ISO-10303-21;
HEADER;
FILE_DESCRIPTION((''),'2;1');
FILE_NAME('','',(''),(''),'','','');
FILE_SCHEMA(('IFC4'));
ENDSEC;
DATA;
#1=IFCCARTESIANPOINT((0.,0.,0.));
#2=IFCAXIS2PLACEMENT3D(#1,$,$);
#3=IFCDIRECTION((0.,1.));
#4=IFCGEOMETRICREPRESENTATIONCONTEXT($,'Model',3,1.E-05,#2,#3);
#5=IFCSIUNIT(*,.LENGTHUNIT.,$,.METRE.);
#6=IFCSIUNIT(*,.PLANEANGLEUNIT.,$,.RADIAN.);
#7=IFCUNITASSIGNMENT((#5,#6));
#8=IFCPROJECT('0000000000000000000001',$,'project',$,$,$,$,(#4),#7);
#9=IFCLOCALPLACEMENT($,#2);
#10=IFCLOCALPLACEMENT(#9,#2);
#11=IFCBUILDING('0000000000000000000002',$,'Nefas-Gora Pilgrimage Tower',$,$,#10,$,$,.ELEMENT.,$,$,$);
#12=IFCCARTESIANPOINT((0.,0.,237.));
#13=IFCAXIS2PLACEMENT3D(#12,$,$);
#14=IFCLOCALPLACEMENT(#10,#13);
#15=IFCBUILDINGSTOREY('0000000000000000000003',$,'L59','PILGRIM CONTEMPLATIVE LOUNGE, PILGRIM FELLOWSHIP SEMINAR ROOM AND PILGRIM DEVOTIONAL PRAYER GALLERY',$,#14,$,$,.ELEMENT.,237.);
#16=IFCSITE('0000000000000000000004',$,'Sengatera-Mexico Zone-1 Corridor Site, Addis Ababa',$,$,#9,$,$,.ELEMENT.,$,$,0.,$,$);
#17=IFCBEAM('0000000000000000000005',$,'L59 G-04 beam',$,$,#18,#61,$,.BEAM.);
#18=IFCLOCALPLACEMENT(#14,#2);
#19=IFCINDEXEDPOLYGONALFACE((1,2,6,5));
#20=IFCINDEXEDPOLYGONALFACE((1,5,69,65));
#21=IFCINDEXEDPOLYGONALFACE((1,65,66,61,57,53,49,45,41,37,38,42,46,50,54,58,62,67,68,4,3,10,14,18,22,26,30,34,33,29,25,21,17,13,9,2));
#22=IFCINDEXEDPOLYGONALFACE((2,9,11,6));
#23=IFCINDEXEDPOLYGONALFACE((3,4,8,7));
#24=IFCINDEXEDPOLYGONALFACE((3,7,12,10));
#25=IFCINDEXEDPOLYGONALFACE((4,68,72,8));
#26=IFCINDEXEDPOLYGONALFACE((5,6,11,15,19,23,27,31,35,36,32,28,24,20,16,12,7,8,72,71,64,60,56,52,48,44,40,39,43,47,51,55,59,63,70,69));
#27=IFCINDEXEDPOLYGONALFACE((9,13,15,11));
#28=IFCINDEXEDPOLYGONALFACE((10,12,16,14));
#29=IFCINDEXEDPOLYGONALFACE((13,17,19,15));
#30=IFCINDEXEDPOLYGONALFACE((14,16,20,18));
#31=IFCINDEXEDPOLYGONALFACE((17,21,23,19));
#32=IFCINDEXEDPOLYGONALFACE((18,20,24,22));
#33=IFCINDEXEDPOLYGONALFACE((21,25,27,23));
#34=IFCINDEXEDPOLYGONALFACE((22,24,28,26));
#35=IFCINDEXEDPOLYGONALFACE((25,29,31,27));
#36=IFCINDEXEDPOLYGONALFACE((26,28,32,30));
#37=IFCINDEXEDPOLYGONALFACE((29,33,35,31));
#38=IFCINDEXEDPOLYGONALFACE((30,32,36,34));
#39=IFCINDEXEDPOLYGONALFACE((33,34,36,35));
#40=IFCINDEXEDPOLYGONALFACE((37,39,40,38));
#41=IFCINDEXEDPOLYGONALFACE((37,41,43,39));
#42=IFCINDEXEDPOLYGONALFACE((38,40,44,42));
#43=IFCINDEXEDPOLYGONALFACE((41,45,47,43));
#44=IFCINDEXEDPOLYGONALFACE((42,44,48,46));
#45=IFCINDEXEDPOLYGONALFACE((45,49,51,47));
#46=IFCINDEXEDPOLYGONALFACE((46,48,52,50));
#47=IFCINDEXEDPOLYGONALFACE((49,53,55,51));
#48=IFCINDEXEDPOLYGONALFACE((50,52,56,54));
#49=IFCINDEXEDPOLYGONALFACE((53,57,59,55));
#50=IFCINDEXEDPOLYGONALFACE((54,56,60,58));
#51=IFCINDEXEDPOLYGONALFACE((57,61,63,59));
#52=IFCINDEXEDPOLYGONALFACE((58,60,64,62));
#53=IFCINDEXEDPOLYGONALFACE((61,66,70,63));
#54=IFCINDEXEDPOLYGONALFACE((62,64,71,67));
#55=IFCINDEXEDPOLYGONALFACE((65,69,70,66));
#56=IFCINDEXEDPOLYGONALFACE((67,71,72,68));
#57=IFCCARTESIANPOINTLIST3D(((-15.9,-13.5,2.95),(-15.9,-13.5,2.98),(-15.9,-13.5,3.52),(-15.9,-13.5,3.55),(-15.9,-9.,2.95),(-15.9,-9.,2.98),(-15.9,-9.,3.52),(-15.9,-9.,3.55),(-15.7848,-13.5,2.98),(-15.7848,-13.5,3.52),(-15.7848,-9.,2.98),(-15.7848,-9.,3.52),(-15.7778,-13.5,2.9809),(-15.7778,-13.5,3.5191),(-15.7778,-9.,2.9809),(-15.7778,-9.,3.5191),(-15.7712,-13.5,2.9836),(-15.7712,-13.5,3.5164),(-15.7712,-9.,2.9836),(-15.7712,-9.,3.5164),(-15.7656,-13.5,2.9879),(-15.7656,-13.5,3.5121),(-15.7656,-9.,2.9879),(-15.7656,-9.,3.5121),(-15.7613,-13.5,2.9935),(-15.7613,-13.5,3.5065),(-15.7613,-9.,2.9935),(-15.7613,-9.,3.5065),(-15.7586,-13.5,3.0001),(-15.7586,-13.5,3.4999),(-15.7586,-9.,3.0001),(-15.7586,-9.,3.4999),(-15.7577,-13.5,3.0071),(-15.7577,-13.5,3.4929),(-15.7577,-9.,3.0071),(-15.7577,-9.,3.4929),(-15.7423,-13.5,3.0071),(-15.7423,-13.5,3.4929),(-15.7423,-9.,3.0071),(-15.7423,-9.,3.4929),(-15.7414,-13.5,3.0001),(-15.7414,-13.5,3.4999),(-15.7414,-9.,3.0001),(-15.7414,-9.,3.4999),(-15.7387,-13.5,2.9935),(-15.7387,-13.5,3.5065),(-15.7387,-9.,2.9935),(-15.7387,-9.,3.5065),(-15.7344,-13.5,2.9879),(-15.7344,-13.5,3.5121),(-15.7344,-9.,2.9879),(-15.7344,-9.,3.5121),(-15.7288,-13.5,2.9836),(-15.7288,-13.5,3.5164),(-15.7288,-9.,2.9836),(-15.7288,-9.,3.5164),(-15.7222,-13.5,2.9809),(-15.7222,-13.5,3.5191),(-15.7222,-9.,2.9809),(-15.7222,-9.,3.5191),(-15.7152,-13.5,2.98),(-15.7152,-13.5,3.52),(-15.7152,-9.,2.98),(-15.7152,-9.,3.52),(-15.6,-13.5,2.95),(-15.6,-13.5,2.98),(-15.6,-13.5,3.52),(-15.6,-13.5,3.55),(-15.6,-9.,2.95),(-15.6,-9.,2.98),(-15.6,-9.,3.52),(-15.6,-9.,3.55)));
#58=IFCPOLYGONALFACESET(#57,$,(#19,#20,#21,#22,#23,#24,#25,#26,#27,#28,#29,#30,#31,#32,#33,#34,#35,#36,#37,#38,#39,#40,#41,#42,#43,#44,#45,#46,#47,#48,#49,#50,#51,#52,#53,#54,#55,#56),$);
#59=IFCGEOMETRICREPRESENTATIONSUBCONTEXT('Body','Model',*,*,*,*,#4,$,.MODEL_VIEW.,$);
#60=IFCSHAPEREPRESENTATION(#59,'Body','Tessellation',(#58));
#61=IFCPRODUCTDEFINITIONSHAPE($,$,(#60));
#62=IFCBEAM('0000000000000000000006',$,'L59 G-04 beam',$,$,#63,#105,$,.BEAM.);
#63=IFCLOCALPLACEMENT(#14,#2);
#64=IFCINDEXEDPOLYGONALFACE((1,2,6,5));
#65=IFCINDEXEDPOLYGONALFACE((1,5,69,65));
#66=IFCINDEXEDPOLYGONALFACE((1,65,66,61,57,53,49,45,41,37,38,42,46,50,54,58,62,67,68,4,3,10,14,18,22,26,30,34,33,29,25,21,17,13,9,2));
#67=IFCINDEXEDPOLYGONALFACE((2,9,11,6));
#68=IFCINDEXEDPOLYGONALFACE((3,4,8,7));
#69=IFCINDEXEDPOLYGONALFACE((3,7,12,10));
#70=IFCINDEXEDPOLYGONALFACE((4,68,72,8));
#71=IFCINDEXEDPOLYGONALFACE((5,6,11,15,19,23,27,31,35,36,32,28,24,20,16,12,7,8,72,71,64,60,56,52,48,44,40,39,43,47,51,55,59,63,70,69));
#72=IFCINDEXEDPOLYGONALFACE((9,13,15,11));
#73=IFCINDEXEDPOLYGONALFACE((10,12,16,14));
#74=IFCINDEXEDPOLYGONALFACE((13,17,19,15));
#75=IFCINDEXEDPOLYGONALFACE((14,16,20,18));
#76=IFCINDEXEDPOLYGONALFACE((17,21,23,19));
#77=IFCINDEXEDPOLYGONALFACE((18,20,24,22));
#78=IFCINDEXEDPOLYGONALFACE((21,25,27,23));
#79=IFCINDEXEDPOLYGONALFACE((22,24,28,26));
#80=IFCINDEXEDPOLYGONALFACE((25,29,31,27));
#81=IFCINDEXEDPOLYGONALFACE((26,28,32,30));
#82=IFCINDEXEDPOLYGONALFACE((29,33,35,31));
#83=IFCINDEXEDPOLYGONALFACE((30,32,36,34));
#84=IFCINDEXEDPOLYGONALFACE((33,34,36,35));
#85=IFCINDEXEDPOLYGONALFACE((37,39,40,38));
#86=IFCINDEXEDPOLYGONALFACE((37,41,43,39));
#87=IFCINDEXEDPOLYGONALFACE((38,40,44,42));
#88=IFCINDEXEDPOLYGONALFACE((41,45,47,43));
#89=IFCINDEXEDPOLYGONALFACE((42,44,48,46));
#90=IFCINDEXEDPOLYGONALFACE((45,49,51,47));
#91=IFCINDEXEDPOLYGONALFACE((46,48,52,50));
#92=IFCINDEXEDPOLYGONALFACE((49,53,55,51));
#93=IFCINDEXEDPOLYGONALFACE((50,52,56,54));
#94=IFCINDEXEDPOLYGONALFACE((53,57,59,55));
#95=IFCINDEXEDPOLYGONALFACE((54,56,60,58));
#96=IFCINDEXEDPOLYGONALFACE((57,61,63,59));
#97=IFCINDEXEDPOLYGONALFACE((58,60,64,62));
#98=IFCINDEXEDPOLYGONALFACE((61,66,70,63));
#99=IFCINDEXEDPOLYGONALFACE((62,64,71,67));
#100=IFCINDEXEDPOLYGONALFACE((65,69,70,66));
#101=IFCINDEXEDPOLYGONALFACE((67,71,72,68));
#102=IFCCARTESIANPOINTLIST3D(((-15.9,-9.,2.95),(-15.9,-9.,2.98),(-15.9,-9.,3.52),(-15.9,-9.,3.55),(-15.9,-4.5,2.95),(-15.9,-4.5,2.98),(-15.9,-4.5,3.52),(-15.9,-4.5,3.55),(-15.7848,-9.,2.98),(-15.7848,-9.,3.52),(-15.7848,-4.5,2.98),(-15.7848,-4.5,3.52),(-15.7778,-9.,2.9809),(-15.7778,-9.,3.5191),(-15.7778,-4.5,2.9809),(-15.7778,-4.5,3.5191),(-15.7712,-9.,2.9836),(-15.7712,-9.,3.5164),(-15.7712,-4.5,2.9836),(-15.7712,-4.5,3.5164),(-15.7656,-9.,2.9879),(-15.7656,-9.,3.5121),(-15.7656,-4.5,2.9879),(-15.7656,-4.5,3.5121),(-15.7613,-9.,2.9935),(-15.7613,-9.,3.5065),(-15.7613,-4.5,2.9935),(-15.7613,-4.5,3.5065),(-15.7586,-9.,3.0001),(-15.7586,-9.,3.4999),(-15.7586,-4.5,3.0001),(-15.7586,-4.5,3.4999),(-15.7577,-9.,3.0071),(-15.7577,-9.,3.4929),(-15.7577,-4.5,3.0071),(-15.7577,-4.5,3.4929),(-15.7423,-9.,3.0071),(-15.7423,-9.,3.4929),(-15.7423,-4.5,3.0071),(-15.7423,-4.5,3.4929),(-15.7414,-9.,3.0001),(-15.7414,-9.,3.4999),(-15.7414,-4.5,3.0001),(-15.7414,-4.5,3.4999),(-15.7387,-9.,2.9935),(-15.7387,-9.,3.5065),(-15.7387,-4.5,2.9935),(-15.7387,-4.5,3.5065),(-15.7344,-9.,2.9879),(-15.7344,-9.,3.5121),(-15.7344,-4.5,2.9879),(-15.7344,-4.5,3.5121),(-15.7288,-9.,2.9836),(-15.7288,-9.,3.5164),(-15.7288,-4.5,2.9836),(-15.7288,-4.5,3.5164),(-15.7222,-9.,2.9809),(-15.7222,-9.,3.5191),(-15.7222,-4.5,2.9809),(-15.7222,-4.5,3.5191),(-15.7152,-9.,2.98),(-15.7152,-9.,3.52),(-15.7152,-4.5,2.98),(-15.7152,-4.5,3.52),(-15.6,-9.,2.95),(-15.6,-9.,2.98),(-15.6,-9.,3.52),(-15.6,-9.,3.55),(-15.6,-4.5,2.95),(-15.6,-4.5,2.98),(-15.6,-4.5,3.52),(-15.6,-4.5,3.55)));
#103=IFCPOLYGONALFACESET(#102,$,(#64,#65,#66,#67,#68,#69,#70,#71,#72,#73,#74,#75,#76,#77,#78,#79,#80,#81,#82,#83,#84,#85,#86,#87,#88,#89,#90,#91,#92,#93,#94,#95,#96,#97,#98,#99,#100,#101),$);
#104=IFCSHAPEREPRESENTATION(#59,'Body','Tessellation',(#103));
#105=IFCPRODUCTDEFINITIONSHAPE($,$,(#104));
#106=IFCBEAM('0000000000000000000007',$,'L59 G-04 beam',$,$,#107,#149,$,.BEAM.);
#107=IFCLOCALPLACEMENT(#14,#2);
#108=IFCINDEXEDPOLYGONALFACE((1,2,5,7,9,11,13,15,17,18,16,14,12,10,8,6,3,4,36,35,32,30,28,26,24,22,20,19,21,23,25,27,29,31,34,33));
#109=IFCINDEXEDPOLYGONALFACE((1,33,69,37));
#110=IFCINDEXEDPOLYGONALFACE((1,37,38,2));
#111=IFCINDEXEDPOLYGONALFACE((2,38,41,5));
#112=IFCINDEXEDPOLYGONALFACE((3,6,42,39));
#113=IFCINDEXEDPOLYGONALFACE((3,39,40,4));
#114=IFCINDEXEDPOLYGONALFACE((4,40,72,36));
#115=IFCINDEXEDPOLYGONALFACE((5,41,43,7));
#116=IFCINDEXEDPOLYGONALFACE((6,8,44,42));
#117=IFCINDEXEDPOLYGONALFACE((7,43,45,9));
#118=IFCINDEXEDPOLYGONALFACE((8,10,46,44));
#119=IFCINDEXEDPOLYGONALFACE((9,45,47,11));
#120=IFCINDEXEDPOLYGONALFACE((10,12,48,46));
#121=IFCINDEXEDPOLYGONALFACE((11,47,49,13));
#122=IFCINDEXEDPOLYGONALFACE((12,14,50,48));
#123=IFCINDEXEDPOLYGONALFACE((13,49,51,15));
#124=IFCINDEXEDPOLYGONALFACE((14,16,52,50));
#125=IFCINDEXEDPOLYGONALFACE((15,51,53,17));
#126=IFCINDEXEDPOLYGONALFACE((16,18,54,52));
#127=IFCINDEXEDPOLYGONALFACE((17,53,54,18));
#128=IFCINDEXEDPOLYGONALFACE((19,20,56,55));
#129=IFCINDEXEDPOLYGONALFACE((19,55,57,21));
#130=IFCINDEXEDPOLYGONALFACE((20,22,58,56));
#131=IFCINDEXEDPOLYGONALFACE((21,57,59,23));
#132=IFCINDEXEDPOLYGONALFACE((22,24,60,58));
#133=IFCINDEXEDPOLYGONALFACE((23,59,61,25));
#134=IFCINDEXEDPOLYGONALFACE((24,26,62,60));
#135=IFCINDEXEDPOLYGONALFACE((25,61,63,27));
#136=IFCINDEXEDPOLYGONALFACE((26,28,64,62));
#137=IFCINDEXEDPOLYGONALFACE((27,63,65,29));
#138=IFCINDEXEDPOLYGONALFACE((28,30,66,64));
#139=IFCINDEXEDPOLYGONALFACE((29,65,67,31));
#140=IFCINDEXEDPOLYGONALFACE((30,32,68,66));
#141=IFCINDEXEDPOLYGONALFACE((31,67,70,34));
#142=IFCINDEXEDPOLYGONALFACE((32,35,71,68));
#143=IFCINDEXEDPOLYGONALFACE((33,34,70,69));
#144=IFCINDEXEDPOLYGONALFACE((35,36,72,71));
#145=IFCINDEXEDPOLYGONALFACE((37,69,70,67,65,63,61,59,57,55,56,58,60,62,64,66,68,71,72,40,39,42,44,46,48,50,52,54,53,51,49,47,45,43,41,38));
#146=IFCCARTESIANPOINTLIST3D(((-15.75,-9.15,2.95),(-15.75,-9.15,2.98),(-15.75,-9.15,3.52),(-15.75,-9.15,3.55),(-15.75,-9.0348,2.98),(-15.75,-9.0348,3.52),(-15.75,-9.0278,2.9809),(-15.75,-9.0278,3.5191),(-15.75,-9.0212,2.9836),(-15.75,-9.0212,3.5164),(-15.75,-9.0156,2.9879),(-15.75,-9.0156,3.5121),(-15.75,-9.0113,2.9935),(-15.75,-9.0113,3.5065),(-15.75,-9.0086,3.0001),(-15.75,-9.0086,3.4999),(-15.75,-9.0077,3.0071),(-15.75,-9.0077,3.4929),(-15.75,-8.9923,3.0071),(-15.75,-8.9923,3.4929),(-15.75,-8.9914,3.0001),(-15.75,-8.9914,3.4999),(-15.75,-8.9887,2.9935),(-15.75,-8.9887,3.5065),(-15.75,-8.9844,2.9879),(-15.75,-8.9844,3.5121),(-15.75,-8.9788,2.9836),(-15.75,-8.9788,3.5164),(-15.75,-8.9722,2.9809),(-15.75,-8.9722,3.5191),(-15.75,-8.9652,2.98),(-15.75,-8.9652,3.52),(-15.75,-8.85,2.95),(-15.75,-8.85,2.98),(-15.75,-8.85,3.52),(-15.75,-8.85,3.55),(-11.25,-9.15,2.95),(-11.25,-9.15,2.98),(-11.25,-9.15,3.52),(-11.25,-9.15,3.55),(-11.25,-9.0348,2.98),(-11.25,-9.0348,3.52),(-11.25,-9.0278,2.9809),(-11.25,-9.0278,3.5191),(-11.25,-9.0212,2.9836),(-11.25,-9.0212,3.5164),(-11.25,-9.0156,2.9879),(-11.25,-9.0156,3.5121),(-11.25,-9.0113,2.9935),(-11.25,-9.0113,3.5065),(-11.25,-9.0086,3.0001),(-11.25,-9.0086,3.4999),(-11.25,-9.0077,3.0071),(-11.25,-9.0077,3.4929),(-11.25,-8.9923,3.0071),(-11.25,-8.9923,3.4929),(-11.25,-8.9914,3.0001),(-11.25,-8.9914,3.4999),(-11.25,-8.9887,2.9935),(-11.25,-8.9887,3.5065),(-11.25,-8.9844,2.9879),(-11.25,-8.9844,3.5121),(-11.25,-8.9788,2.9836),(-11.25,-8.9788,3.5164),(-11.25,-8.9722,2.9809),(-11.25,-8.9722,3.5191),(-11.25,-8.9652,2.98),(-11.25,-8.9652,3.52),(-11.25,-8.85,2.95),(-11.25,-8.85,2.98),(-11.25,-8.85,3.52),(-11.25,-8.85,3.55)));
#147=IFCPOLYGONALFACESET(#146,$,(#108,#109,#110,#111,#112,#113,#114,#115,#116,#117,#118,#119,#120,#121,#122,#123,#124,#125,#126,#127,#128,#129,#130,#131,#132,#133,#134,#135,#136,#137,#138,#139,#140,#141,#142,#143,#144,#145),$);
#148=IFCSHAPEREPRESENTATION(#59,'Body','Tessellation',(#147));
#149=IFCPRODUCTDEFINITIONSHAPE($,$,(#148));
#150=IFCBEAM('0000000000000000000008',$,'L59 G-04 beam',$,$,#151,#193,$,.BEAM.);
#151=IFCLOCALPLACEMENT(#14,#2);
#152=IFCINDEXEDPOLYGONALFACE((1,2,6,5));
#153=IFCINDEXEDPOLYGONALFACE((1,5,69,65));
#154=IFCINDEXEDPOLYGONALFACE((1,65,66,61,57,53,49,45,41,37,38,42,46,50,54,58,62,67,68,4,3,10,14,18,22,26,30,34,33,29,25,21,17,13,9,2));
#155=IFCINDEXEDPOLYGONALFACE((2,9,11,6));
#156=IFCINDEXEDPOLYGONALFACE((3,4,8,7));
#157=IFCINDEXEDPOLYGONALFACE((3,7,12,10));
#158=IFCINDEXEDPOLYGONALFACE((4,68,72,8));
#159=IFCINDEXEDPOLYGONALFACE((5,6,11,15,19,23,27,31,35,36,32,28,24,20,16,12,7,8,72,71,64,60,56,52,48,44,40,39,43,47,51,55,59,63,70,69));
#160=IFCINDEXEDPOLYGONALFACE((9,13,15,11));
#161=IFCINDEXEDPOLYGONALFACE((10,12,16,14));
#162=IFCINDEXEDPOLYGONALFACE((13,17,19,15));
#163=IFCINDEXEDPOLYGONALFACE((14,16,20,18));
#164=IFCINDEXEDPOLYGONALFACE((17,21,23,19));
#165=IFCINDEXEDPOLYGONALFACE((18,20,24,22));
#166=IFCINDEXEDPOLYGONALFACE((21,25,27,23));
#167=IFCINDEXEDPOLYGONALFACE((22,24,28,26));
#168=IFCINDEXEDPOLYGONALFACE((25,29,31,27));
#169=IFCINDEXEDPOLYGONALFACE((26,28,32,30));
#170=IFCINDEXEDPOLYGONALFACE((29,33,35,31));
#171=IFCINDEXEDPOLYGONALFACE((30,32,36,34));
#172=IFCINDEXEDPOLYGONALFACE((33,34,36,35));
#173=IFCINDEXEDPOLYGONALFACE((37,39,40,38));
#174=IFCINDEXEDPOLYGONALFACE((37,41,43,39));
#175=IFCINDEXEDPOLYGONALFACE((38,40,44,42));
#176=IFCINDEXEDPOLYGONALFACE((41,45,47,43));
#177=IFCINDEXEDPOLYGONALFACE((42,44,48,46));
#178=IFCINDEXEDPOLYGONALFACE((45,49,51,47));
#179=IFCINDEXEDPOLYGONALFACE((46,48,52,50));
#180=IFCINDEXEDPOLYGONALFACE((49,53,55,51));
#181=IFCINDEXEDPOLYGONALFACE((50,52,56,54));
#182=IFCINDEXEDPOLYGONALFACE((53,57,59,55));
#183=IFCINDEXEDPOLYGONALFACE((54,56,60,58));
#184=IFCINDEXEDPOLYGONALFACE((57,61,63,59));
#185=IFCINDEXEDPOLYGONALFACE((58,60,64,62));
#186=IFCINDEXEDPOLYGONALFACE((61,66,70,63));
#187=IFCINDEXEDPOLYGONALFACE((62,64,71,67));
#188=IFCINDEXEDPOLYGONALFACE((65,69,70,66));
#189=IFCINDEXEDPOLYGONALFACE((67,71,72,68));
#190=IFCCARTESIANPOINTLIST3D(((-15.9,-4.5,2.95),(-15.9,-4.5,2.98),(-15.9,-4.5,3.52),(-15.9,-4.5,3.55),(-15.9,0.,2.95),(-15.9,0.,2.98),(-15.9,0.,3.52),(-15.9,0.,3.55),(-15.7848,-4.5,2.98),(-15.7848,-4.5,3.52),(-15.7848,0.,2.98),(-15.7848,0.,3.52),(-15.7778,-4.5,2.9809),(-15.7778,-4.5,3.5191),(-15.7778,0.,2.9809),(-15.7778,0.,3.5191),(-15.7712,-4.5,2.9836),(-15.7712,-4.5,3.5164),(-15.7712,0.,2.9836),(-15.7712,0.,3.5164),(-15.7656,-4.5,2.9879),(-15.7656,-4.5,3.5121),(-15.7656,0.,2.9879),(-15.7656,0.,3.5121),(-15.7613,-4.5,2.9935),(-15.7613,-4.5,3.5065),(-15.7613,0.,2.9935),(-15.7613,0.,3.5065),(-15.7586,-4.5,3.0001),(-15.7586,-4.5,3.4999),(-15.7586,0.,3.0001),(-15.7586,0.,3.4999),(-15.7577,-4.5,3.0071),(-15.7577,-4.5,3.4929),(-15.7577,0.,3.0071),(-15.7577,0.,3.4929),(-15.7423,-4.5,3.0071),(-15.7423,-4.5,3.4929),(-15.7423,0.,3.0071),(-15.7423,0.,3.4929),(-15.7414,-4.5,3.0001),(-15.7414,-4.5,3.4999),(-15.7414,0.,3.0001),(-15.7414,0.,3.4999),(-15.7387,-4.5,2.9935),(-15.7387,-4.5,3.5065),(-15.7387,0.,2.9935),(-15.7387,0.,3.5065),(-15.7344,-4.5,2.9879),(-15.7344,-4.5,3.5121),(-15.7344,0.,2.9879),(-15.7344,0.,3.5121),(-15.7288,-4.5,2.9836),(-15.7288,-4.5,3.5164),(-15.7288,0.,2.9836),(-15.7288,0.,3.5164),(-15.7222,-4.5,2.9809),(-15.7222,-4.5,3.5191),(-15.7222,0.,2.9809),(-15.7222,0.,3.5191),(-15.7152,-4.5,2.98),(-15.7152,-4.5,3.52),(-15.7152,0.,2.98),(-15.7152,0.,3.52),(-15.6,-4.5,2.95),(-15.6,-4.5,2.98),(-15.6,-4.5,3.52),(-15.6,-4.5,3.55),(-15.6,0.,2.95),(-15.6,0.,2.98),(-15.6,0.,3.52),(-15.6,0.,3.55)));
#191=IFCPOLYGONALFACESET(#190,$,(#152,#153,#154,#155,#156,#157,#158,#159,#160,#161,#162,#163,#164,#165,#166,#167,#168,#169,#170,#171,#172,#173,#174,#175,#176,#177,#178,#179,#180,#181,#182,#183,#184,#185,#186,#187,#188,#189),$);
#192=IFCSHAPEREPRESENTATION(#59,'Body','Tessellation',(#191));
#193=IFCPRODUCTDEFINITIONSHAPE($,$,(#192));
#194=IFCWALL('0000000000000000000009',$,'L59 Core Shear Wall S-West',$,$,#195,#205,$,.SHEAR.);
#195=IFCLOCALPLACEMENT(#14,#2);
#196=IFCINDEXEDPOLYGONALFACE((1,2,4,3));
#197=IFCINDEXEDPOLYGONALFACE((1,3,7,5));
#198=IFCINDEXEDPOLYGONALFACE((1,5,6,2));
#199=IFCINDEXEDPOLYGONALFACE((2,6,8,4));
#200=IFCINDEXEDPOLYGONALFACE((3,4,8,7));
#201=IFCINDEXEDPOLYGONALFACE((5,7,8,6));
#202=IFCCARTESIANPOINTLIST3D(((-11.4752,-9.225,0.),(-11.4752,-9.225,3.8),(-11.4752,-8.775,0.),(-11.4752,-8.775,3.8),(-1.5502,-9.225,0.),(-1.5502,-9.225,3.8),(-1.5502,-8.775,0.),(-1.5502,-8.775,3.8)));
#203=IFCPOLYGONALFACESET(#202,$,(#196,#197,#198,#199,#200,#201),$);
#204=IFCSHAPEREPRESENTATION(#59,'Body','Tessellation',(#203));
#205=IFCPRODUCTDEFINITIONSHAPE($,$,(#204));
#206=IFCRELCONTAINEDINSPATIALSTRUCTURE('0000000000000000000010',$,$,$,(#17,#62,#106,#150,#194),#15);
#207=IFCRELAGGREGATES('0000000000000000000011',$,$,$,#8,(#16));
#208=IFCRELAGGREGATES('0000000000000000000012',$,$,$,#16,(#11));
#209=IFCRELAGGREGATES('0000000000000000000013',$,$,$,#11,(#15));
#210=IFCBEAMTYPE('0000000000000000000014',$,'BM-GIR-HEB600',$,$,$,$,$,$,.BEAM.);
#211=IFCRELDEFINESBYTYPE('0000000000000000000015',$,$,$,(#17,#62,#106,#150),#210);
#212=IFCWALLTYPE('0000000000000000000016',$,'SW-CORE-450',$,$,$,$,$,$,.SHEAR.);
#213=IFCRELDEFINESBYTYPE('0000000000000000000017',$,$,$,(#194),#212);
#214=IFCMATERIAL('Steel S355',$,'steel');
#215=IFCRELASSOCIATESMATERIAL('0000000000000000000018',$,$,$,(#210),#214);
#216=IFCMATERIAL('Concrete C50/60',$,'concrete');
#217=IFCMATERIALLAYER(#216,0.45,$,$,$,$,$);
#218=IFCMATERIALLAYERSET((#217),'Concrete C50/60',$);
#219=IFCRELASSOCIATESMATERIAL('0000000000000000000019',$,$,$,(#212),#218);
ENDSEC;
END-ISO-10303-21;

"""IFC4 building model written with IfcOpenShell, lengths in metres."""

from ifc_helpers import new_model, si_unit, direction, frame, frame_2d, origin, origin_2d, place, context, subcontext, project, spatial, rectangle, i_section, extrude, source, transform, mapped, material, layer, layer_set, material_profile, profile_set, type_object, element, save


model = new_model("IFC4")

# Units and contexts
model_context = context("Model", 3, precision=1e-05, world=origin(), true_north=direction((0.0, 1.0)))
body_context = subcontext(model_context, "Body", "Model", "MODEL_VIEW")
ifc_project = project(units=[si_unit("LENGTHUNIT", "METRE"), si_unit("PLANEANGLEUNIT", "RADIAN")], contexts=[model_context])

# Site, building, storey
site_placement = place(None, origin())
site = spatial("IfcSite", under=ifc_project, at=site_placement, Name="Sengatera-Mexico Zone-1 Corridor Site, Addis Ababa", CompositionType="ELEMENT", RefElevation=0.0)
building_placement = place(site_placement, origin())
building = spatial("IfcBuilding", under=site, at=building_placement, Name="Nefas-Gora Pilgrimage Tower", CompositionType="ELEMENT")
storey_placement = place(building_placement, frame((0.0, 0.0, 237.0)))
storey = spatial("IfcBuildingStorey", under=building, at=storey_placement, Name="L59", Description="PILGRIM CONTEMPLATIVE LOUNGE, PILGRIM FELLOWSHIP SEMINAR ROOM AND PILGRIM DEVOTIONAL PRAYER GALLERY", CompositionType="ELEMENT", Elevation=237.0)

# Beams
ifc_material_1 = material(Name="Concrete C50/60", Category="concrete")
ifc_material_2 = material(Name="Steel S355", Category="steel")
ifc_material_profile_1 = material_profile(ifc_material_2, i_section(OverallWidth=0.3, OverallDepth=0.6001, WebThickness=0.0154, FlangeThickness=0.03, FilletRadius=0.0271, at=origin_2d()), Name="HEB 600")
ifc_profile_set_1 = profile_set([ifc_material_profile_1], Name="Steel S355")
beam_type_1 = type_object("IfcBeamType", Name="BM-GIR-HEB600", PredefinedType="BEAM", material=ifc_profile_set_1)
shared_shape_1 = source(origin(), body_context, "Body", "SweptSolid", [
    extrude(i_section(OverallWidth=0.3, OverallDepth=0.6001, WebThickness=0.0154, FlangeThickness=0.03, FilletRadius=0.0271, at=origin_2d()), origin(), (0.0, 0.0, 1.0), 4.5),
])
for number, where, z_axis, x_axis, name in (
    (1, (-15.75, -13.5, 3.25), (0.0, 1.0, 0.0), (-1.0, 0.0, 0.0), "L59 G-04 beam"),
    (2, (-15.75, -9.0, 3.25), (0.0, 1.0, 0.0), (-1.0, 0.0, 0.0), "L59 G-04 beam"),
    (3, (-15.75, -9.0, 3.25), (1.0, 0.0, 0.0), (0.0, 1.0, 0.0), "L59 G-04 beam"),
    (4, (-15.75, -4.5, 3.25), (0.0, 1.0, 0.0), (-1.0, 0.0, 0.0), "L59 G-04 beam"),
):
    element("IfcBeam", number, at=place(storey_placement, frame(where, z_axis=z_axis, x_axis=x_axis)), inside=storey, type_object=beam_type_1, Name=name, PredefinedType="BEAM", context=body_context, shape_type="MappedRepresentation", body=[
        mapped(shared_shape_1, transform((0.0, 0.0, 0.0), x_axis=(1.0, 0.0, 0.0), y_axis=(0.0, 1.0, 0.0), z_axis=(0.0, 0.0, 1.0), scale=1.0)),
    ])

# Wall
ifc_layer_1 = layer(ifc_material_1, 0.45)
ifc_layer_set_1 = layer_set([ifc_layer_1], Name="Concrete C50/60")
wall_type_1 = type_object("IfcWallType", Name="SW-CORE-450", PredefinedType="SHEAR", material=ifc_layer_set_1)
shared_shape_2 = source(origin(), body_context, "Body", "SweptSolid", [
    extrude(rectangle(XDim=9.925, YDim=0.45, at=frame_2d((4.9624, 0.0))), origin(), (0.0, 0.0, 1.0), 3.8),
])
wall_1_placement = place(storey_placement, frame((-11.4751, -9.0, 0.0), z_axis=(0.0, 0.0, 1.0), x_axis=(1.0, 0.0, 0.0)))
element("IfcWall", 5, at=wall_1_placement, inside=storey, type_object=wall_type_1, Name="L59 Core Shear Wall S-West", PredefinedType="SHEAR", context=body_context, shape_type="MappedRepresentation", body=[
    mapped(shared_shape_2, transform((0.0, 0.0, 0.0), x_axis=(1.0, 0.0, 0.0), y_axis=(0.0, 1.0, 0.0), z_axis=(0.0, 0.0, 1.0), scale=1.0)),
])

save(model, "model.ifc")
